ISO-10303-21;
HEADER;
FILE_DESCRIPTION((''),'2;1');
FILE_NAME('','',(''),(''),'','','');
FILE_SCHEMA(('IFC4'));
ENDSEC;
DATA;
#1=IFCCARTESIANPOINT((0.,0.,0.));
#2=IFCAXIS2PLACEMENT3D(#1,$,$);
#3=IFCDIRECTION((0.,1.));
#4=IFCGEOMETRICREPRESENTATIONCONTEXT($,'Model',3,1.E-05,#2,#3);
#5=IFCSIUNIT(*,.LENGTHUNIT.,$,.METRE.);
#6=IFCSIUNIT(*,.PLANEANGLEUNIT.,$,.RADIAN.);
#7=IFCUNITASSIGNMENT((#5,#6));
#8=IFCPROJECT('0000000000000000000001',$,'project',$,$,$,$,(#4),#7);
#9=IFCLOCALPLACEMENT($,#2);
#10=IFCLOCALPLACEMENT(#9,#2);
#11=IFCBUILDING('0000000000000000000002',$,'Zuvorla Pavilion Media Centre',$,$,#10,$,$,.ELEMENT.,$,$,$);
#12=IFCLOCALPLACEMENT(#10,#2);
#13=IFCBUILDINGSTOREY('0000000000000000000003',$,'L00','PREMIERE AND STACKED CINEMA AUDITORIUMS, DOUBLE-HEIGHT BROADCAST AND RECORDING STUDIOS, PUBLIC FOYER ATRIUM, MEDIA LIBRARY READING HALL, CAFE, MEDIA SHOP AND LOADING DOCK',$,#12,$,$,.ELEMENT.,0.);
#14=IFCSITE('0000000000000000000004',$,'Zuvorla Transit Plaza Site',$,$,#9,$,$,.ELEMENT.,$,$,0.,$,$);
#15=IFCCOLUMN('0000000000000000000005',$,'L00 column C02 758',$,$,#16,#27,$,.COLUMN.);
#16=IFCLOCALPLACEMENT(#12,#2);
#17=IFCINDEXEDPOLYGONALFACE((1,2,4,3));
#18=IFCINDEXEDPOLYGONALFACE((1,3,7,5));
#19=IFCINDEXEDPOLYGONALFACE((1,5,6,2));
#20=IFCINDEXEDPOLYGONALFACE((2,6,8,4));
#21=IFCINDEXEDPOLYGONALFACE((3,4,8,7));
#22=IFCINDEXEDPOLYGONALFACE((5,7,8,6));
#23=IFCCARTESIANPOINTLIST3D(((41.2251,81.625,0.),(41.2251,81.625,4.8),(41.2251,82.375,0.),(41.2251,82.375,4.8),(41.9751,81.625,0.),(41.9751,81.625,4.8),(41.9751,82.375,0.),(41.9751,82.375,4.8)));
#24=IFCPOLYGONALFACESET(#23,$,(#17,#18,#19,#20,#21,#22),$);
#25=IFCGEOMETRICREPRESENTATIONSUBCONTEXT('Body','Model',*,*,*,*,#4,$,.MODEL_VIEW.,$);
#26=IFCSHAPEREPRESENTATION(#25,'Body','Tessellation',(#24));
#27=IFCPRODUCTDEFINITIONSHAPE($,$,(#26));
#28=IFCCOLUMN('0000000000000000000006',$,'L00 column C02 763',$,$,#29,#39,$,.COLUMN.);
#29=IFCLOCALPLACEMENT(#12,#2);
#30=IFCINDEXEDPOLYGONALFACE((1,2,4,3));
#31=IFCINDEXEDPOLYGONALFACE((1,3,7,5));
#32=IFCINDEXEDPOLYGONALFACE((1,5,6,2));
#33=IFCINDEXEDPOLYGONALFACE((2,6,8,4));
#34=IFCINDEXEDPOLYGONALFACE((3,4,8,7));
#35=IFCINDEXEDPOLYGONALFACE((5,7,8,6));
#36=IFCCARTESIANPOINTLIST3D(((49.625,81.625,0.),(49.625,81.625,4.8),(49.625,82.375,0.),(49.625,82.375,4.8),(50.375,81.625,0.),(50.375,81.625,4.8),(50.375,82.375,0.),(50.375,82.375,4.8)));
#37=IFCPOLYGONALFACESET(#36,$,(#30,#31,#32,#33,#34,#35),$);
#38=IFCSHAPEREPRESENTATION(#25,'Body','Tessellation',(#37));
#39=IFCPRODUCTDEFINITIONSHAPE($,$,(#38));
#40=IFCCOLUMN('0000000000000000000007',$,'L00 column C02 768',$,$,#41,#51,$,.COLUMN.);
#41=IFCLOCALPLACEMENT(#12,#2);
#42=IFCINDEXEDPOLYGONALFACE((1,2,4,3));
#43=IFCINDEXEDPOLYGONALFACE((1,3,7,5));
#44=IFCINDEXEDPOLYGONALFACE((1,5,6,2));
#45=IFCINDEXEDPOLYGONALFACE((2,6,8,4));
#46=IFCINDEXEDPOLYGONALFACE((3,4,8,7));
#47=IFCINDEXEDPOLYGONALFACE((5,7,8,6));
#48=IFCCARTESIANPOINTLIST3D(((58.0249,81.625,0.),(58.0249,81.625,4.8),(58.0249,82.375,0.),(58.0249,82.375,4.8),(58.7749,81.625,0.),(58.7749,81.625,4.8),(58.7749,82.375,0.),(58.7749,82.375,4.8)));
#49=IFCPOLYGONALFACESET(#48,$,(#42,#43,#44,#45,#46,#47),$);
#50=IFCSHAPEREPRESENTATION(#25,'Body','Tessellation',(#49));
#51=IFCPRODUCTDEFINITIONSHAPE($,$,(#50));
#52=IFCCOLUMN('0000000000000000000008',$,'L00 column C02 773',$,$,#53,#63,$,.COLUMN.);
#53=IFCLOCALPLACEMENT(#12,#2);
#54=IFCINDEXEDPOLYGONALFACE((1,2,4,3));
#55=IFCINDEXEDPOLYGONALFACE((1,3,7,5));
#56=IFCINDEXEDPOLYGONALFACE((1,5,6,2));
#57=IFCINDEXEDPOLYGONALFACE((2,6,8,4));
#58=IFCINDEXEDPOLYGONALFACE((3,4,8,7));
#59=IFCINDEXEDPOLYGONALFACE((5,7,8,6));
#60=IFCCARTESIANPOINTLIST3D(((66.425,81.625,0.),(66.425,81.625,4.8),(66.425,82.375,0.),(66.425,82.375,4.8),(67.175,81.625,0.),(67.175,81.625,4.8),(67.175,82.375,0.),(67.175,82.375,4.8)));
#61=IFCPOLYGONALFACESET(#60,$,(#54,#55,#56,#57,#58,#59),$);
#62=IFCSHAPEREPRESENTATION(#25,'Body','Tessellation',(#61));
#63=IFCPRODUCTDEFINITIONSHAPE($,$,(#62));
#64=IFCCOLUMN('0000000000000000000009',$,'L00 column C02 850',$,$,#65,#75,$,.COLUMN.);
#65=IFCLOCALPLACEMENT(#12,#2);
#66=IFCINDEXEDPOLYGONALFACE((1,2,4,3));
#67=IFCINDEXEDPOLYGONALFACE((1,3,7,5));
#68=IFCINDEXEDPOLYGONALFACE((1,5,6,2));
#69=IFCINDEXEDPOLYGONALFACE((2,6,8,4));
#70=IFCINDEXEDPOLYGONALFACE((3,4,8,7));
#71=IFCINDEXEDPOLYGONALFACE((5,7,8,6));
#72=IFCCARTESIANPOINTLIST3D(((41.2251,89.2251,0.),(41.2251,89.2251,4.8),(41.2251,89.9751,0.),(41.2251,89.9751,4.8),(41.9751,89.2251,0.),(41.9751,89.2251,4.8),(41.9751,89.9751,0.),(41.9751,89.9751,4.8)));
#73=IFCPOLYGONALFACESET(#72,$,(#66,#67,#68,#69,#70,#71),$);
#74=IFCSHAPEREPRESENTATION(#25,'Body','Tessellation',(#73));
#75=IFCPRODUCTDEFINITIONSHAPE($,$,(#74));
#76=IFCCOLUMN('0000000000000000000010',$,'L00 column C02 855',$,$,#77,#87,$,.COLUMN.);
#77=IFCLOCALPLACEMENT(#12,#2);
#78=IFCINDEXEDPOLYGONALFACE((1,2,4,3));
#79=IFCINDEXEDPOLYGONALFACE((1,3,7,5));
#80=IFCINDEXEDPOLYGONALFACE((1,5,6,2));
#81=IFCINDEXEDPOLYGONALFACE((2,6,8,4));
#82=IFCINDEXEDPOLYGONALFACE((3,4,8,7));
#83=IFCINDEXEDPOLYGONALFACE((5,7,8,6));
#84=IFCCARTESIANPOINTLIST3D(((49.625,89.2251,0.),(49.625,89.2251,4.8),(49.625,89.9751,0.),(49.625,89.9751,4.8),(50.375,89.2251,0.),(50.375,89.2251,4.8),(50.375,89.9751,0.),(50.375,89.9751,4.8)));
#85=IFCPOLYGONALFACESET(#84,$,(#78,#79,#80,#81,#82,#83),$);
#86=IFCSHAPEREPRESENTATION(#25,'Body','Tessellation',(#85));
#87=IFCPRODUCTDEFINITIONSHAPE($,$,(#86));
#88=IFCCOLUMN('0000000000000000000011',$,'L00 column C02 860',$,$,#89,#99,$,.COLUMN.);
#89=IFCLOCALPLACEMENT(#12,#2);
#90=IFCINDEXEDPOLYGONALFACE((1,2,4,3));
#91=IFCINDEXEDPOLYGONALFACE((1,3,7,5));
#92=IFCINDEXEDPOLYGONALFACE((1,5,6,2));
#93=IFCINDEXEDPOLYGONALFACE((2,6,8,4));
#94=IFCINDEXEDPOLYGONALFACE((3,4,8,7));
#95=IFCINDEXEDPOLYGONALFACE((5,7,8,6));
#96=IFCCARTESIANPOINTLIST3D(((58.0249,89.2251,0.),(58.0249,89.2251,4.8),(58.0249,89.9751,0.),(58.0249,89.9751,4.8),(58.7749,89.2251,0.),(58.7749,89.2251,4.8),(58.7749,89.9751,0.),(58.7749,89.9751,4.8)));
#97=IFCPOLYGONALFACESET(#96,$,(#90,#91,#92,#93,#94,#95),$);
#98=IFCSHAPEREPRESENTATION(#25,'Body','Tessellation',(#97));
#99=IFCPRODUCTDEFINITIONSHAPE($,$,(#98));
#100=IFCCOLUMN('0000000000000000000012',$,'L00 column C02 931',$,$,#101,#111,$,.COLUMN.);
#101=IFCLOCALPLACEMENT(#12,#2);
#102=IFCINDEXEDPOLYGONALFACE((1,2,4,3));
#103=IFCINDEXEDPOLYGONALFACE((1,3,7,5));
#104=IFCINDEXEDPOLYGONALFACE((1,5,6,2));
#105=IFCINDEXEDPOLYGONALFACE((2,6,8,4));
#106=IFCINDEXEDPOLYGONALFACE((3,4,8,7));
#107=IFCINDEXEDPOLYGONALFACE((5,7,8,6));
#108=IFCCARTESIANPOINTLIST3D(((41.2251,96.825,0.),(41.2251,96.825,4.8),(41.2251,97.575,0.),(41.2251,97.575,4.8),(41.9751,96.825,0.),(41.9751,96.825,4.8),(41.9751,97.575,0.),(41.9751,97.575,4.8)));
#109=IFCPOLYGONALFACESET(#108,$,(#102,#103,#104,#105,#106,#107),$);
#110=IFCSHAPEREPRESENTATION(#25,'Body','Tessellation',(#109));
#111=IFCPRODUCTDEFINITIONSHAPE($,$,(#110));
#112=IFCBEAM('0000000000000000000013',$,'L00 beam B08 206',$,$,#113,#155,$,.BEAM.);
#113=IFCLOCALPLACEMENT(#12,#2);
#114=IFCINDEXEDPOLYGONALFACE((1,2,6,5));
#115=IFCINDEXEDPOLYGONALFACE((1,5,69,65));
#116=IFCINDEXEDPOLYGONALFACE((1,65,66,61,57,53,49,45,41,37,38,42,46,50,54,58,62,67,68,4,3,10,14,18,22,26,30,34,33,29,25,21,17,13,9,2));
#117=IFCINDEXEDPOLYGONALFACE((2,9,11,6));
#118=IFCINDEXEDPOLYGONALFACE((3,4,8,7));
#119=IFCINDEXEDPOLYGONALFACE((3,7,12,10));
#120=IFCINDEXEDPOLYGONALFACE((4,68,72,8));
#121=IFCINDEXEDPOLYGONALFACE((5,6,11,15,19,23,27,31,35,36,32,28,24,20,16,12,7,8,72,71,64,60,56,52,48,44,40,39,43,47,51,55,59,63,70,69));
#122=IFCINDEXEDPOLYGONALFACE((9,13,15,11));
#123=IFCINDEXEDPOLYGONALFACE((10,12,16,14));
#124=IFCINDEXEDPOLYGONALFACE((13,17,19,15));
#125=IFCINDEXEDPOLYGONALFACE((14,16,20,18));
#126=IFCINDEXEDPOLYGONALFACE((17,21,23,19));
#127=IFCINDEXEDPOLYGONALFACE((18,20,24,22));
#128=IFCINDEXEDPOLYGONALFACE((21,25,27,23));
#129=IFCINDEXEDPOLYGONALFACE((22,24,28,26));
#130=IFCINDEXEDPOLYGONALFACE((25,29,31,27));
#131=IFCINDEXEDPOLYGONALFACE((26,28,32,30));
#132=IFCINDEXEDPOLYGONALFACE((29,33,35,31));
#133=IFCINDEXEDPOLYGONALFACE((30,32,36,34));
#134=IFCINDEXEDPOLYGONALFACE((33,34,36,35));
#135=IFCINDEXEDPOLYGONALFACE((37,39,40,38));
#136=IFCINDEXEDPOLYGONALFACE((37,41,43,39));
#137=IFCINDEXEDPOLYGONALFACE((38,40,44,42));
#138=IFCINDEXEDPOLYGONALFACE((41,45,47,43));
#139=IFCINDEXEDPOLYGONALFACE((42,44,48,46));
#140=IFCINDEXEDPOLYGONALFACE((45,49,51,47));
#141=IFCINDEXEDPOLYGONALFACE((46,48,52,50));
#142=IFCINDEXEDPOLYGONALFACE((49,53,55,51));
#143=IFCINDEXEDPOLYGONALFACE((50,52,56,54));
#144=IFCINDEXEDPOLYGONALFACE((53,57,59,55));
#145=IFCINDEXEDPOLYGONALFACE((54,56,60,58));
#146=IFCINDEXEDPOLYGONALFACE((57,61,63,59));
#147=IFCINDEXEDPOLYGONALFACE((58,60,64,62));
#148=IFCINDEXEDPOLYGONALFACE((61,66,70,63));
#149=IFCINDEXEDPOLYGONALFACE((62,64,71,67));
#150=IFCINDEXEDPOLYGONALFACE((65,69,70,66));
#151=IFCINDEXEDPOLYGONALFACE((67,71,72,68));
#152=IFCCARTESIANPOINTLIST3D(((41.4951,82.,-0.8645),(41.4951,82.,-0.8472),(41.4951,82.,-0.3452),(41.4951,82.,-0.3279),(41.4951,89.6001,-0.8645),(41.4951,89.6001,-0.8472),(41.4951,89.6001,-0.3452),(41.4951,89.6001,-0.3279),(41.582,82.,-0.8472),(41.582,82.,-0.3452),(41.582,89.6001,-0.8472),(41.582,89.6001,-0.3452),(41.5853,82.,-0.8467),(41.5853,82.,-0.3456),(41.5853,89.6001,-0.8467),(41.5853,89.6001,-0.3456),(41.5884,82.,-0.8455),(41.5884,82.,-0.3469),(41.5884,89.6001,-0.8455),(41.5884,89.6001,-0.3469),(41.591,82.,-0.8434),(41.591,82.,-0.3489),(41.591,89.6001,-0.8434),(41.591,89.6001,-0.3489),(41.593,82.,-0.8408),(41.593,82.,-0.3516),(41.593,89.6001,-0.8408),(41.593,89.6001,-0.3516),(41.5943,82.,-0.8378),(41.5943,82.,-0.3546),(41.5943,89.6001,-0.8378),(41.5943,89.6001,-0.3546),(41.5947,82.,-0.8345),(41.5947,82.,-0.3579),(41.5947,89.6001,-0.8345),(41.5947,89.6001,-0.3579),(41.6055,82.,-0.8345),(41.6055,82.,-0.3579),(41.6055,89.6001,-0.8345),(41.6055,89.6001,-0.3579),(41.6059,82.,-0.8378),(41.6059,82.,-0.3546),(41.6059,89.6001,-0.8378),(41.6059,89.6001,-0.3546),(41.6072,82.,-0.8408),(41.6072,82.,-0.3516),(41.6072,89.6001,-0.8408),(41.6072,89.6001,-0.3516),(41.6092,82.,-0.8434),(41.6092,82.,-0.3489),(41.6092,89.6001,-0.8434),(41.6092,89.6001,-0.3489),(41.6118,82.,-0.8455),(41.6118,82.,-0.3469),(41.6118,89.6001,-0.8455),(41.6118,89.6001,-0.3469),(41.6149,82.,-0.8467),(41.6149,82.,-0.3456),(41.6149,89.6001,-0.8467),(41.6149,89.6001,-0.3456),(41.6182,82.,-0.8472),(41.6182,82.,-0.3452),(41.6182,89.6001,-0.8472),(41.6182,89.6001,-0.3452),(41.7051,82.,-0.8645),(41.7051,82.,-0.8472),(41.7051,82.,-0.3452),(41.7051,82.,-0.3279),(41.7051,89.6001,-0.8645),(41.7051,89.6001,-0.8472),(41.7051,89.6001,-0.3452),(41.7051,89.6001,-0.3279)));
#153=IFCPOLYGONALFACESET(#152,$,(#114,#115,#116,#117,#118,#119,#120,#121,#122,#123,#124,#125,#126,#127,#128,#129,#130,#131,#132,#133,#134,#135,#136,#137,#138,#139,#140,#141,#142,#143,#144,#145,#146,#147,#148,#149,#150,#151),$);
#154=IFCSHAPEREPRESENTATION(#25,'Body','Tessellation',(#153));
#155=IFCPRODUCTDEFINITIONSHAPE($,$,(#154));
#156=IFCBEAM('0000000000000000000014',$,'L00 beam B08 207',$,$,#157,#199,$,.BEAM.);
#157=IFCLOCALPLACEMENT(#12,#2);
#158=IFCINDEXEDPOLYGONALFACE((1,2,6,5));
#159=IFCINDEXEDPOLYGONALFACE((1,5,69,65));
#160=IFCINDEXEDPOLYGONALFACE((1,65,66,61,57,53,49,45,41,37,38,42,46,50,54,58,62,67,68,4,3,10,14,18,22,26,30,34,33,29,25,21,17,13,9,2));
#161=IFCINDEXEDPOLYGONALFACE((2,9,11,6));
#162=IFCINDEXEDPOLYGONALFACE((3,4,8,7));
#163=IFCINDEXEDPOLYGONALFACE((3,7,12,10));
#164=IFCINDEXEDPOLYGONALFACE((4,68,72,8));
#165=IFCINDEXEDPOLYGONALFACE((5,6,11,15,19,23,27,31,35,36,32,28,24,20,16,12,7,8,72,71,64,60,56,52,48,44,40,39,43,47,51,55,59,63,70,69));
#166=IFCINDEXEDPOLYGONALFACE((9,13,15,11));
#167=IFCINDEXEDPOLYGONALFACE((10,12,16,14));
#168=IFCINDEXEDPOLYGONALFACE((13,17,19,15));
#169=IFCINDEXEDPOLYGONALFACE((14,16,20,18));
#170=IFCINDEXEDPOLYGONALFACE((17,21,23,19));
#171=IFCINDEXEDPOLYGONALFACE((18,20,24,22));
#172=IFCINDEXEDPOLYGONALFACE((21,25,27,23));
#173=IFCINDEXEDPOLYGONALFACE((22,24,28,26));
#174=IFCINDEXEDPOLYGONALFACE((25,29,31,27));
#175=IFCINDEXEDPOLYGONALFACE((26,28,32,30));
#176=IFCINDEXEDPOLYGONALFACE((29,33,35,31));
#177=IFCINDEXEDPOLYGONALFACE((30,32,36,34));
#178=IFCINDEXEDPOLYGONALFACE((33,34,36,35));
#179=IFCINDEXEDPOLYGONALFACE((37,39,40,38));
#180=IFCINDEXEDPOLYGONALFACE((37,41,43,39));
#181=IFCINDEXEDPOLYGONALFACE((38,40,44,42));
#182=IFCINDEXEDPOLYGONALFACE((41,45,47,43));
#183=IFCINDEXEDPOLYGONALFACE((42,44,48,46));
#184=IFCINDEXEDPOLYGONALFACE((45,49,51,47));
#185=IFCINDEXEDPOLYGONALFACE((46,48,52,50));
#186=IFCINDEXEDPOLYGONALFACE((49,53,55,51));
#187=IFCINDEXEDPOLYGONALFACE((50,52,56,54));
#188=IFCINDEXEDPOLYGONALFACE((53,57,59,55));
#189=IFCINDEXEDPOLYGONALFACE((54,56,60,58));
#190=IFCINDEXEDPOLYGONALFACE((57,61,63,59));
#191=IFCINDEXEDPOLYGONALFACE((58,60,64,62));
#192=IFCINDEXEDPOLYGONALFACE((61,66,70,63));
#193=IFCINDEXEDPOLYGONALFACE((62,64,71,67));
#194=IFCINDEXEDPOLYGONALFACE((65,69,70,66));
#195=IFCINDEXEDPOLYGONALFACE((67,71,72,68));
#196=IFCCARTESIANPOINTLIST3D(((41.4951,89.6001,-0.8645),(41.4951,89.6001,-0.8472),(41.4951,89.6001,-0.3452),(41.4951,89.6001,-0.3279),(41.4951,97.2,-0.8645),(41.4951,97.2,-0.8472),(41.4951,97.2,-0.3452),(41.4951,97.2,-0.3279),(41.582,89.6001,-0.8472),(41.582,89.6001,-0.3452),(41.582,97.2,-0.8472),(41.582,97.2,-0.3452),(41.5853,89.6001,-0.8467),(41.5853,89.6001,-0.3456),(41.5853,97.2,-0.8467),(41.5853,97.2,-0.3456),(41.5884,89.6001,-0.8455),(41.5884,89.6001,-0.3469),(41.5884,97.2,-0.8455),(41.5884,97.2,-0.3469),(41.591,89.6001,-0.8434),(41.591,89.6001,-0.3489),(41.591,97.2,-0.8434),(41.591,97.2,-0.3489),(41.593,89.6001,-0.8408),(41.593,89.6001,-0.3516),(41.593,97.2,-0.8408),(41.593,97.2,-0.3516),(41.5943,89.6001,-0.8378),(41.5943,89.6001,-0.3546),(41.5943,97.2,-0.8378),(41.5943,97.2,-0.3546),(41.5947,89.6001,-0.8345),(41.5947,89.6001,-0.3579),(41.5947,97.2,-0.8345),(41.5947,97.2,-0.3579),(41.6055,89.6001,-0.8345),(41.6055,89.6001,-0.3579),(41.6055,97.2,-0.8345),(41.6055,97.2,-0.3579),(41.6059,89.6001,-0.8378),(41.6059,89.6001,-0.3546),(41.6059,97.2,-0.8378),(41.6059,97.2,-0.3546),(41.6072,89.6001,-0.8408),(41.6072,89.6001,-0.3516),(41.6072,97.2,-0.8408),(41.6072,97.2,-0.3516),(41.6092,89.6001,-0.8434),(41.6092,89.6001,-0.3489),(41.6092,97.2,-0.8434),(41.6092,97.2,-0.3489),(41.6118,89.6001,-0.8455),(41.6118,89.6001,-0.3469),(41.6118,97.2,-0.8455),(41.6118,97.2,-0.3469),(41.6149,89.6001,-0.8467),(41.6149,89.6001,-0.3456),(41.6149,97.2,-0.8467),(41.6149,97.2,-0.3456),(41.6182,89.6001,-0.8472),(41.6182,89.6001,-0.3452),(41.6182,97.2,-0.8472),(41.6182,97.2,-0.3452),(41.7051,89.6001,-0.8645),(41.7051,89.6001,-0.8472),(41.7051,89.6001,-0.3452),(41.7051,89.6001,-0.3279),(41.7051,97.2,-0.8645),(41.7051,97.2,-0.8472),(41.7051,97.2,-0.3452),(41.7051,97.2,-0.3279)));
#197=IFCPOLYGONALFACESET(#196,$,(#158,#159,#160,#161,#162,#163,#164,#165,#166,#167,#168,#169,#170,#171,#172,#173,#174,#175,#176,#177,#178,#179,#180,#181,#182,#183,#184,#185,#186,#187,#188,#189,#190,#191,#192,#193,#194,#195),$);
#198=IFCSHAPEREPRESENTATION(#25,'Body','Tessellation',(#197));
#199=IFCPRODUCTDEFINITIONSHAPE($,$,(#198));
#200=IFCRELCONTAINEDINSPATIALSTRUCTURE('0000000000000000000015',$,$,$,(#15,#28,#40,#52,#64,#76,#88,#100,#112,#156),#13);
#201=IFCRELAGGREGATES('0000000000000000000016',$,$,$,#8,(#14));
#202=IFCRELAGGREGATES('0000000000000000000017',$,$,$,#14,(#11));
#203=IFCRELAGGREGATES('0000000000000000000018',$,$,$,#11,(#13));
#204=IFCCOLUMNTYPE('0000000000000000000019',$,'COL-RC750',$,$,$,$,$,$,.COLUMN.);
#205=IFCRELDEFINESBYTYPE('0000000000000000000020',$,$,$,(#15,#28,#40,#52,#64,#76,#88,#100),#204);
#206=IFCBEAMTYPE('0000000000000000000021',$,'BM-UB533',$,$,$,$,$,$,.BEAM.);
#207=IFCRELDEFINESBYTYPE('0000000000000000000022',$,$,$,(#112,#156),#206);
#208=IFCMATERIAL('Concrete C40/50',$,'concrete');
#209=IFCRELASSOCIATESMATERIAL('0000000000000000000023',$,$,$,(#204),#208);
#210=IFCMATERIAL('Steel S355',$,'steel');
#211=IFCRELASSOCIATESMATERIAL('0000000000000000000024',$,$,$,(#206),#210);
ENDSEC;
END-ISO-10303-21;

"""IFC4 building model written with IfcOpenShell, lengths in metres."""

from ifc_helpers import new_model, si_unit, direction, frame, origin, origin_2d, place, context, subcontext, project, spatial, rectangle, i_section, extrude, material, material_profile, profile_set, type_object, element, save


model = new_model("IFC4")

# Units and contexts
model_context = context("Model", 3, precision=1e-05, world=origin(), true_north=direction((0.0, 1.0)))
body_context = subcontext(model_context, "Body", "Model", "MODEL_VIEW")
ifc_project = project(units=[si_unit("LENGTHUNIT", "METRE"), si_unit("PLANEANGLEUNIT", "RADIAN")], contexts=[model_context])

# Site, building, storey
site_placement = place(None, origin())
site = spatial("IfcSite", under=ifc_project, at=site_placement, Name="Zuvorla Transit Plaza Site", CompositionType="ELEMENT", RefElevation=0.0)
building_placement = place(site_placement, origin())
building = spatial("IfcBuilding", under=site, at=building_placement, Name="Zuvorla Pavilion Media Centre", CompositionType="ELEMENT")
storey_placement = place(building_placement, origin())
storey = spatial("IfcBuildingStorey", under=building, at=storey_placement, Name="L00", Description="PREMIERE AND STACKED CINEMA AUDITORIUMS, DOUBLE-HEIGHT BROADCAST AND RECORDING STUDIOS, PUBLIC FOYER ATRIUM, MEDIA LIBRARY READING HALL, CAFE, MEDIA SHOP AND LOADING DOCK", CompositionType="ELEMENT", Elevation=0.0)

# Columns
ifc_material_1 = material(Name="Concrete C40/50", Category="concrete")
ifc_material_profile_1 = material_profile(ifc_material_1, rectangle(XDim=0.75, YDim=0.75, at=origin_2d()), Name="RC 750x750")
ifc_profile_set_1 = profile_set([ifc_material_profile_1], Name="Concrete C40/50")
column_type = type_object("IfcColumnType", Name="COL-RC750", PredefinedType="COLUMN", material=ifc_profile_set_1)
for number, where, z_axis, x_axis, name in (
    (1, (41.6001, 82.0, 0.0), (0.0, 0.0, 1.0), (1.0, 0.0, 0.0), "L00 column C02 758"),
    (2, (50.0, 82.0, 0.0), (0.0, 0.0, 1.0), (1.0, 0.0, 0.0), "L00 column C02 763"),
    (3, (58.3999, 82.0, 0.0), (0.0, 0.0, 1.0), (1.0, 0.0, 0.0), "L00 column C02 768"),
    (4, (66.8, 82.0, 0.0), (0.0, 0.0, 1.0), (1.0, 0.0, 0.0), "L00 column C02 773"),
    (5, (41.6001, 89.6001, 0.0), (0.0, 0.0, 1.0), (1.0, 0.0, 0.0), "L00 column C02 850"),
    (6, (50.0, 89.6001, 0.0), (0.0, 0.0, 1.0), (1.0, 0.0, 0.0), "L00 column C02 855"),
    (7, (58.3999, 89.6001, 0.0), (0.0, 0.0, 1.0), (1.0, 0.0, 0.0), "L00 column C02 860"),
    (8, (41.6001, 97.2, 0.0), (0.0, 0.0, 1.0), (1.0, 0.0, 0.0), "L00 column C02 931"),
):
    element("IfcColumn", number, at=place(storey_placement, frame(where, z_axis=z_axis, x_axis=x_axis)), inside=storey, type_object=column_type, Name=name, PredefinedType="COLUMN", context=body_context, shape_type="SweptSolid", body=[
        extrude(rectangle(XDim=0.75, YDim=0.75, at=origin_2d()), origin(), (0.0, 0.0, 1.0), 4.8),
    ])

# Beams
ifc_material_2 = material(Name="Steel S355", Category="steel")
ifc_material_profile_2 = material_profile(ifc_material_2, i_section(OverallWidth=0.21, OverallDepth=0.5366, WebThickness=0.0107, FlangeThickness=0.0173, FilletRadius=0.0127, at=origin_2d()), Name="UB 533x210x101")
ifc_profile_set_2 = profile_set([ifc_material_profile_2], Name="Steel S355")
beam_type = type_object("IfcBeamType", Name="BM-UB533", PredefinedType="BEAM", material=ifc_profile_set_2)
beam_1_placement = place(storey_placement, frame((41.6001, 82.0, -0.5962), z_axis=(0.0, 1.0, 0.0), x_axis=(-1.0, 0.0, 0.0)))
element("IfcBeam", 9, at=beam_1_placement, inside=storey, type_object=beam_type, Name="L00 beam B08 206", PredefinedType="BEAM", context=body_context, shape_type="SweptSolid", body=[
    extrude(i_section(OverallWidth=0.21, OverallDepth=0.5366, WebThickness=0.0107, FlangeThickness=0.0173, FilletRadius=0.0127, at=origin_2d()), origin(), (0.0, 0.0, 1.0), 7.6001),
])
beam_2_placement = place(storey_placement, frame((41.6001, 89.6001, -0.5962), z_axis=(0.0, 1.0, 0.0), x_axis=(-1.0, 0.0, 0.0)))
element("IfcBeam", 10, at=beam_2_placement, inside=storey, type_object=beam_type, Name="L00 beam B08 207", PredefinedType="BEAM", context=body_context, shape_type="SweptSolid", body=[
    extrude(i_section(OverallWidth=0.21, OverallDepth=0.5366, WebThickness=0.0107, FlangeThickness=0.0173, FilletRadius=0.0127, at=origin_2d()), origin(), (0.0, 0.0, 1.0), 7.5999),
])

save(model, "model.ifc")
